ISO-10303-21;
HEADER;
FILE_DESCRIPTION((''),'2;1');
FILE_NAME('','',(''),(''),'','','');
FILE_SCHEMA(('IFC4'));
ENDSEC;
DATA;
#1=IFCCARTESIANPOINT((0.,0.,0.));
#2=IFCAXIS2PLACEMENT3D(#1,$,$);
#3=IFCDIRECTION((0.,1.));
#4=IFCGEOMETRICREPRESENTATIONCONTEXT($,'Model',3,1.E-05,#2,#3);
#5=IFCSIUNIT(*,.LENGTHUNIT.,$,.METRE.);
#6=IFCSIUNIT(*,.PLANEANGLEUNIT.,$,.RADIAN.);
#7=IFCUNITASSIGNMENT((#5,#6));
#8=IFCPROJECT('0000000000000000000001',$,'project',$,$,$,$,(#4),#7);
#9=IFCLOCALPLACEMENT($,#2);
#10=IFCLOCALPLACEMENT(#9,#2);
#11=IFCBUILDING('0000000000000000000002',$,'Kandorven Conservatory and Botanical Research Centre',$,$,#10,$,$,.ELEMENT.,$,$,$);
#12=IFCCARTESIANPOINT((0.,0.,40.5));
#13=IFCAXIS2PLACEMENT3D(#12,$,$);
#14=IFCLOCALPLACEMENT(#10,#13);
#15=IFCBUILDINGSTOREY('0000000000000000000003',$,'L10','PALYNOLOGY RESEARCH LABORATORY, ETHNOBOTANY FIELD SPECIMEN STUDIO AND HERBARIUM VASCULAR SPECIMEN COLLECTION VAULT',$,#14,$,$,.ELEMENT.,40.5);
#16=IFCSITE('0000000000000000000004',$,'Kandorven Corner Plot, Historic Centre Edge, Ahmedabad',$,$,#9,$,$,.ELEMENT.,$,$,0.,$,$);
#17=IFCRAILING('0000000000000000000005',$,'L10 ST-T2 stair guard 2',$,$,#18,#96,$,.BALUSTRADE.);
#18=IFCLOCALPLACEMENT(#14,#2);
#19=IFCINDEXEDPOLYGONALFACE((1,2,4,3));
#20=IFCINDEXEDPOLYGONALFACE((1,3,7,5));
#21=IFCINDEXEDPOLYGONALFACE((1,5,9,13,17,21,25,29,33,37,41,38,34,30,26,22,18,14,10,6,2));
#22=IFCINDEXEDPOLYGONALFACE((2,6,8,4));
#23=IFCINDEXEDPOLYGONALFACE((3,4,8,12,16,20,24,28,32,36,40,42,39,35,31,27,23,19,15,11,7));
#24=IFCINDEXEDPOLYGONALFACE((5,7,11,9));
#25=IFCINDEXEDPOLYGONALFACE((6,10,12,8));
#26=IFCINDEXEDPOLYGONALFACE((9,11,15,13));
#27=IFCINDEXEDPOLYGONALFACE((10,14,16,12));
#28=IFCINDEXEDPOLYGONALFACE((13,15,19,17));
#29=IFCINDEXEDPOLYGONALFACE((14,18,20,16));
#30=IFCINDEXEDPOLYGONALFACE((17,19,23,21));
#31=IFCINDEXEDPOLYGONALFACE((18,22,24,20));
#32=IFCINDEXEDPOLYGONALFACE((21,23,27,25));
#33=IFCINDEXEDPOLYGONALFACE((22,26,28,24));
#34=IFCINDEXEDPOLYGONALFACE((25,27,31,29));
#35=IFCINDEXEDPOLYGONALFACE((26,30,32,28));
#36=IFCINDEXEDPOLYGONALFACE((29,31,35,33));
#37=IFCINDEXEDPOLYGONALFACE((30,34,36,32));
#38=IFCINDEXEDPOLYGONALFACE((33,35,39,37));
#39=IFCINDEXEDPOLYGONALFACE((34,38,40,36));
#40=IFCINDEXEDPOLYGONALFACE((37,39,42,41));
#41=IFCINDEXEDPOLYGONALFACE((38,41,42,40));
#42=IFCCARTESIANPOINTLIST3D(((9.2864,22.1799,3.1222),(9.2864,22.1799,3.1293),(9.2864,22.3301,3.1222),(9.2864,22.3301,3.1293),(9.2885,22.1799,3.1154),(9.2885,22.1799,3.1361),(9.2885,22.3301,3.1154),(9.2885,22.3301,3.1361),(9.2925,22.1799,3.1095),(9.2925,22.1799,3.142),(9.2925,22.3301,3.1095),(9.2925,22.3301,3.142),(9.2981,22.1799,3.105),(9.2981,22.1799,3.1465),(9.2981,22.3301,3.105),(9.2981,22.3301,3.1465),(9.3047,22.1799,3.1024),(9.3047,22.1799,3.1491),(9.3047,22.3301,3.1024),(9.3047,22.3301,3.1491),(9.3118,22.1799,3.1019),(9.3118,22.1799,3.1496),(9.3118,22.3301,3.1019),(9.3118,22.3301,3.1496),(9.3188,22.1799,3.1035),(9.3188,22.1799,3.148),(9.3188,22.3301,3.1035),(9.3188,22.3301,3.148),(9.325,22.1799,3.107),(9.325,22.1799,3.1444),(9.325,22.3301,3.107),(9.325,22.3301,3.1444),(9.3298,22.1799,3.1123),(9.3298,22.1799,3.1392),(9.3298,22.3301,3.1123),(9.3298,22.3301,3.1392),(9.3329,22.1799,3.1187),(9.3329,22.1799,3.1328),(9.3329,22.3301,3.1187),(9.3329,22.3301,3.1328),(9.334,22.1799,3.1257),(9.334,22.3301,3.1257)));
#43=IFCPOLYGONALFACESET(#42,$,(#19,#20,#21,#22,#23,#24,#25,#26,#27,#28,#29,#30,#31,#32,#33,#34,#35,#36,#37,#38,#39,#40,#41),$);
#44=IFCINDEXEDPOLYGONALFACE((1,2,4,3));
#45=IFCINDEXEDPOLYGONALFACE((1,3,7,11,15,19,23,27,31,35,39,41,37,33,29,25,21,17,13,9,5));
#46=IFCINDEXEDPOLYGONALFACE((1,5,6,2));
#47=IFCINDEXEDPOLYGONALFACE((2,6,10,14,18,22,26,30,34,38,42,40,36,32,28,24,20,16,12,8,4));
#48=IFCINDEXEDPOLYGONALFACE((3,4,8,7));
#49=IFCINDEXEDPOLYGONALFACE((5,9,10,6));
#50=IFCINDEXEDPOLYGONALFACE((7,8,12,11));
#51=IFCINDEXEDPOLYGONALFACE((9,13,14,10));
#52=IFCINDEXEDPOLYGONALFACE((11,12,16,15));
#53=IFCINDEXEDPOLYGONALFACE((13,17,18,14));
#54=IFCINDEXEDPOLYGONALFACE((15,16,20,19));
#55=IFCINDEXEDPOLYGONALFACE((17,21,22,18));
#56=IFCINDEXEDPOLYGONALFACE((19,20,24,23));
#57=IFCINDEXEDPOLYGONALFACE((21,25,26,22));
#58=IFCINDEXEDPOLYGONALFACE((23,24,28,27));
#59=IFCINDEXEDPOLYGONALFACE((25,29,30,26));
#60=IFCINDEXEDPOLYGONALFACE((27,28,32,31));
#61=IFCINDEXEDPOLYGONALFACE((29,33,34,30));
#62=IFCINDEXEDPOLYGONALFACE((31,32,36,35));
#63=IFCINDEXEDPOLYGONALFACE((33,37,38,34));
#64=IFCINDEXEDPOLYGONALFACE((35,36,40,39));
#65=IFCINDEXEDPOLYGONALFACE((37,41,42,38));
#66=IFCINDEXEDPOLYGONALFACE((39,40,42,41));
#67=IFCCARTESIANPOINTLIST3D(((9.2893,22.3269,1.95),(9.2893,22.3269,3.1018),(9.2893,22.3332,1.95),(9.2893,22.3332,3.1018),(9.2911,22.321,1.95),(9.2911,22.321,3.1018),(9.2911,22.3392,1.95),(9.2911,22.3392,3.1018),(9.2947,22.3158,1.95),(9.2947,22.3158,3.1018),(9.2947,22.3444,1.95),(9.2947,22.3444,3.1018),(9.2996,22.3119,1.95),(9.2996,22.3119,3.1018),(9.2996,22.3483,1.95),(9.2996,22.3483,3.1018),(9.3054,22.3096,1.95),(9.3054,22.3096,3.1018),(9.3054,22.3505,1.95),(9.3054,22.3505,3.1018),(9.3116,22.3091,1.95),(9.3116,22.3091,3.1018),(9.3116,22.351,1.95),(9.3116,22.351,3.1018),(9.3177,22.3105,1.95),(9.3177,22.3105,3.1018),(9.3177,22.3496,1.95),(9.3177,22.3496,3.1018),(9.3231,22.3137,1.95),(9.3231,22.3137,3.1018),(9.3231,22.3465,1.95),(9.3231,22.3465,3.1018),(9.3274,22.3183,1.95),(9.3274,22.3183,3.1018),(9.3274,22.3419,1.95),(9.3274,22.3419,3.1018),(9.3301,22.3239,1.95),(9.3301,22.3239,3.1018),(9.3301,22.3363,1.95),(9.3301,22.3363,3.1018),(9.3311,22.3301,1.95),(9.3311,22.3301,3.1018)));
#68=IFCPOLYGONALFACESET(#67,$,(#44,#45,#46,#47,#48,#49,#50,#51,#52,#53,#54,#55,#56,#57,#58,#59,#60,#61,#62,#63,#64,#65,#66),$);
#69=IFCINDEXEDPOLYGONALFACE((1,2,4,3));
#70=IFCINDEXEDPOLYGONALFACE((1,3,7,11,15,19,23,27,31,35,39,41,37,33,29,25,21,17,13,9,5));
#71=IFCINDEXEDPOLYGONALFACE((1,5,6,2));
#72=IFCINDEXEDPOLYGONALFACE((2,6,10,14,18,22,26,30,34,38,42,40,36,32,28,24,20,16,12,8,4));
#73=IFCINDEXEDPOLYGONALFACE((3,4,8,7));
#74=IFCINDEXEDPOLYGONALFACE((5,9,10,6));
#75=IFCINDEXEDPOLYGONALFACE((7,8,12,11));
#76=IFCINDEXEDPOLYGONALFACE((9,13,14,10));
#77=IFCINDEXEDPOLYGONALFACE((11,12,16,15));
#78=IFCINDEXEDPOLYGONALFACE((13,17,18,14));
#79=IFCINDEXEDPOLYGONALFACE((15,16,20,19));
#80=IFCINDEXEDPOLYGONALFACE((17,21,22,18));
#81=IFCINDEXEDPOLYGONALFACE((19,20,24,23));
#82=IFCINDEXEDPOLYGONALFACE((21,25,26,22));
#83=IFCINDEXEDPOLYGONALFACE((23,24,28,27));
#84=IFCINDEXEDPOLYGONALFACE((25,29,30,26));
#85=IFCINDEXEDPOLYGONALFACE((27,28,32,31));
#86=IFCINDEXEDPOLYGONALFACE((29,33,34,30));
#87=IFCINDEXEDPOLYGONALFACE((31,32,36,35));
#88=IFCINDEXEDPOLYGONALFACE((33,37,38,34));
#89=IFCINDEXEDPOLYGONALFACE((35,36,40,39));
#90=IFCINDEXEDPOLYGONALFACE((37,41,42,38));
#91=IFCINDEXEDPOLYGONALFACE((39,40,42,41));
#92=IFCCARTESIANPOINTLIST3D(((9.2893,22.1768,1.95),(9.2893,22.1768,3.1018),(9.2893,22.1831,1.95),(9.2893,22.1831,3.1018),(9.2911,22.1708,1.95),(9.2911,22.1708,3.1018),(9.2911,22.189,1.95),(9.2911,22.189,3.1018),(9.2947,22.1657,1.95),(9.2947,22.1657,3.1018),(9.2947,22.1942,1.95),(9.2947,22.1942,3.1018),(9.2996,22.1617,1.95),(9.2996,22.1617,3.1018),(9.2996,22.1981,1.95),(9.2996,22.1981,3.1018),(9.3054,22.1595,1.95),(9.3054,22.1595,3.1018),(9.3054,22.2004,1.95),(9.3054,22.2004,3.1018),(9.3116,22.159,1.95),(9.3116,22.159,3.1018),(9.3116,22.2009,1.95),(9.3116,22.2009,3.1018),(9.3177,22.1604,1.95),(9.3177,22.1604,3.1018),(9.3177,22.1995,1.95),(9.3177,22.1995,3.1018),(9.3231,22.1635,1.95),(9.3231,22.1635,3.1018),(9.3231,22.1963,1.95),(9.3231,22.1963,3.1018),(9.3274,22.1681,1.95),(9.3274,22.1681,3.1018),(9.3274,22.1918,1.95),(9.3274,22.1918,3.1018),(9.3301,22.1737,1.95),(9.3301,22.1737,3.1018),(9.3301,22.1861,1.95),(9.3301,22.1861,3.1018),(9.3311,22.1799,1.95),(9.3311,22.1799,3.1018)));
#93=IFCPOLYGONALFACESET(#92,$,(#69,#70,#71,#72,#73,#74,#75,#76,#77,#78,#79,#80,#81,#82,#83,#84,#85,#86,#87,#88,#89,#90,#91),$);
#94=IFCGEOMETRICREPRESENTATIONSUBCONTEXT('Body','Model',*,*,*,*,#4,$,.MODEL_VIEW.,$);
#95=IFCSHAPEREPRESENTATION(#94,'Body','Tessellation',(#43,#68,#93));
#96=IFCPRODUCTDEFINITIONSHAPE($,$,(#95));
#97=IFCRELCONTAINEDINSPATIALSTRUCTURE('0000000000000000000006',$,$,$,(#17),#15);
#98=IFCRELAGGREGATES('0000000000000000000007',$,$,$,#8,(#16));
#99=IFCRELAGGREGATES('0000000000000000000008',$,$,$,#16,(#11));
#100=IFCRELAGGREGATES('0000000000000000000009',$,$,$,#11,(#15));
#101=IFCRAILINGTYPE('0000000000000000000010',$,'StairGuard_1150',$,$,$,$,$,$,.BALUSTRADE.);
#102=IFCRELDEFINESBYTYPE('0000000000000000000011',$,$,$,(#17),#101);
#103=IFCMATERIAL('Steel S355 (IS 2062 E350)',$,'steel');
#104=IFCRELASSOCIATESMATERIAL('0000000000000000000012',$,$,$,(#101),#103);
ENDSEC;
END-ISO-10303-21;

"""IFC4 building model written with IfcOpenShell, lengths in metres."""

from ifc_helpers import new_model, si_unit, direction, frame, origin, origin_2d, place, context, subcontext, project, spatial, circle, extrude, material, type_object, element, save


model = new_model("IFC4")

# Units and contexts
model_context = context("Model", 3, precision=1e-05, world=origin(), true_north=direction((0.0, 1.0)))
body_context = subcontext(model_context, "Body", "Model", "MODEL_VIEW")
ifc_project = project(units=[si_unit("LENGTHUNIT", "METRE"), si_unit("PLANEANGLEUNIT", "RADIAN")], contexts=[model_context])

# Site, building, storey
site_placement = place(None, origin())
site = spatial("IfcSite", under=ifc_project, at=site_placement, Name="Kandorven Corner Plot, Historic Centre Edge, Ahmedabad", CompositionType="ELEMENT", RefElevation=0.0)
building_placement = place(site_placement, origin())
building = spatial("IfcBuilding", under=site, at=building_placement, Name="Kandorven Conservatory and Botanical Research Centre", CompositionType="ELEMENT")
storey_placement = place(building_placement, frame((0.0, 0.0, 40.5)))
storey = spatial("IfcBuildingStorey", under=building, at=storey_placement, Name="L10", Description="PALYNOLOGY RESEARCH LABORATORY, ETHNOBOTANY FIELD SPECIMEN STUDIO AND HERBARIUM VASCULAR SPECIMEN COLLECTION VAULT", CompositionType="ELEMENT", Elevation=40.5)

# Railing
ifc_material_1 = material(Name="Steel S355 (IS 2062 E350)", Category="steel")
railing_type_1 = type_object("IfcRailingType", Name="StairGuard_1150", PredefinedType="BALUSTRADE", material=ifc_material_1)
railing_1_placement = place(storey_placement, frame((9.3101, 22.3301, 1.95)))
element("IfcRailing", 1, at=railing_1_placement, inside=storey, type_object=railing_type_1, Name="L10 ST-T2 stair guard 2", PredefinedType="BALUSTRADE", context=body_context, shape_type="SweptSolid", body=[
    extrude(circle(Radius=0.0239, at=origin_2d()), frame((0.0, 0.0, 1.1758), z_axis=(0.0, -1.0, 0.0), x_axis=(1.0, 0.0, 0.0)), (0.0, 0.0, 1.0), 0.1501),
    extrude(circle(Radius=0.021, at=origin_2d()), origin(), (0.0, 0.0, 1.0), 1.1519),
    extrude(circle(Radius=0.021, at=origin_2d()), frame((0.0, -0.1501, 0.0)), (0.0, 0.0, 1.0), 1.1519),
])

save(model, "model.ifc")
